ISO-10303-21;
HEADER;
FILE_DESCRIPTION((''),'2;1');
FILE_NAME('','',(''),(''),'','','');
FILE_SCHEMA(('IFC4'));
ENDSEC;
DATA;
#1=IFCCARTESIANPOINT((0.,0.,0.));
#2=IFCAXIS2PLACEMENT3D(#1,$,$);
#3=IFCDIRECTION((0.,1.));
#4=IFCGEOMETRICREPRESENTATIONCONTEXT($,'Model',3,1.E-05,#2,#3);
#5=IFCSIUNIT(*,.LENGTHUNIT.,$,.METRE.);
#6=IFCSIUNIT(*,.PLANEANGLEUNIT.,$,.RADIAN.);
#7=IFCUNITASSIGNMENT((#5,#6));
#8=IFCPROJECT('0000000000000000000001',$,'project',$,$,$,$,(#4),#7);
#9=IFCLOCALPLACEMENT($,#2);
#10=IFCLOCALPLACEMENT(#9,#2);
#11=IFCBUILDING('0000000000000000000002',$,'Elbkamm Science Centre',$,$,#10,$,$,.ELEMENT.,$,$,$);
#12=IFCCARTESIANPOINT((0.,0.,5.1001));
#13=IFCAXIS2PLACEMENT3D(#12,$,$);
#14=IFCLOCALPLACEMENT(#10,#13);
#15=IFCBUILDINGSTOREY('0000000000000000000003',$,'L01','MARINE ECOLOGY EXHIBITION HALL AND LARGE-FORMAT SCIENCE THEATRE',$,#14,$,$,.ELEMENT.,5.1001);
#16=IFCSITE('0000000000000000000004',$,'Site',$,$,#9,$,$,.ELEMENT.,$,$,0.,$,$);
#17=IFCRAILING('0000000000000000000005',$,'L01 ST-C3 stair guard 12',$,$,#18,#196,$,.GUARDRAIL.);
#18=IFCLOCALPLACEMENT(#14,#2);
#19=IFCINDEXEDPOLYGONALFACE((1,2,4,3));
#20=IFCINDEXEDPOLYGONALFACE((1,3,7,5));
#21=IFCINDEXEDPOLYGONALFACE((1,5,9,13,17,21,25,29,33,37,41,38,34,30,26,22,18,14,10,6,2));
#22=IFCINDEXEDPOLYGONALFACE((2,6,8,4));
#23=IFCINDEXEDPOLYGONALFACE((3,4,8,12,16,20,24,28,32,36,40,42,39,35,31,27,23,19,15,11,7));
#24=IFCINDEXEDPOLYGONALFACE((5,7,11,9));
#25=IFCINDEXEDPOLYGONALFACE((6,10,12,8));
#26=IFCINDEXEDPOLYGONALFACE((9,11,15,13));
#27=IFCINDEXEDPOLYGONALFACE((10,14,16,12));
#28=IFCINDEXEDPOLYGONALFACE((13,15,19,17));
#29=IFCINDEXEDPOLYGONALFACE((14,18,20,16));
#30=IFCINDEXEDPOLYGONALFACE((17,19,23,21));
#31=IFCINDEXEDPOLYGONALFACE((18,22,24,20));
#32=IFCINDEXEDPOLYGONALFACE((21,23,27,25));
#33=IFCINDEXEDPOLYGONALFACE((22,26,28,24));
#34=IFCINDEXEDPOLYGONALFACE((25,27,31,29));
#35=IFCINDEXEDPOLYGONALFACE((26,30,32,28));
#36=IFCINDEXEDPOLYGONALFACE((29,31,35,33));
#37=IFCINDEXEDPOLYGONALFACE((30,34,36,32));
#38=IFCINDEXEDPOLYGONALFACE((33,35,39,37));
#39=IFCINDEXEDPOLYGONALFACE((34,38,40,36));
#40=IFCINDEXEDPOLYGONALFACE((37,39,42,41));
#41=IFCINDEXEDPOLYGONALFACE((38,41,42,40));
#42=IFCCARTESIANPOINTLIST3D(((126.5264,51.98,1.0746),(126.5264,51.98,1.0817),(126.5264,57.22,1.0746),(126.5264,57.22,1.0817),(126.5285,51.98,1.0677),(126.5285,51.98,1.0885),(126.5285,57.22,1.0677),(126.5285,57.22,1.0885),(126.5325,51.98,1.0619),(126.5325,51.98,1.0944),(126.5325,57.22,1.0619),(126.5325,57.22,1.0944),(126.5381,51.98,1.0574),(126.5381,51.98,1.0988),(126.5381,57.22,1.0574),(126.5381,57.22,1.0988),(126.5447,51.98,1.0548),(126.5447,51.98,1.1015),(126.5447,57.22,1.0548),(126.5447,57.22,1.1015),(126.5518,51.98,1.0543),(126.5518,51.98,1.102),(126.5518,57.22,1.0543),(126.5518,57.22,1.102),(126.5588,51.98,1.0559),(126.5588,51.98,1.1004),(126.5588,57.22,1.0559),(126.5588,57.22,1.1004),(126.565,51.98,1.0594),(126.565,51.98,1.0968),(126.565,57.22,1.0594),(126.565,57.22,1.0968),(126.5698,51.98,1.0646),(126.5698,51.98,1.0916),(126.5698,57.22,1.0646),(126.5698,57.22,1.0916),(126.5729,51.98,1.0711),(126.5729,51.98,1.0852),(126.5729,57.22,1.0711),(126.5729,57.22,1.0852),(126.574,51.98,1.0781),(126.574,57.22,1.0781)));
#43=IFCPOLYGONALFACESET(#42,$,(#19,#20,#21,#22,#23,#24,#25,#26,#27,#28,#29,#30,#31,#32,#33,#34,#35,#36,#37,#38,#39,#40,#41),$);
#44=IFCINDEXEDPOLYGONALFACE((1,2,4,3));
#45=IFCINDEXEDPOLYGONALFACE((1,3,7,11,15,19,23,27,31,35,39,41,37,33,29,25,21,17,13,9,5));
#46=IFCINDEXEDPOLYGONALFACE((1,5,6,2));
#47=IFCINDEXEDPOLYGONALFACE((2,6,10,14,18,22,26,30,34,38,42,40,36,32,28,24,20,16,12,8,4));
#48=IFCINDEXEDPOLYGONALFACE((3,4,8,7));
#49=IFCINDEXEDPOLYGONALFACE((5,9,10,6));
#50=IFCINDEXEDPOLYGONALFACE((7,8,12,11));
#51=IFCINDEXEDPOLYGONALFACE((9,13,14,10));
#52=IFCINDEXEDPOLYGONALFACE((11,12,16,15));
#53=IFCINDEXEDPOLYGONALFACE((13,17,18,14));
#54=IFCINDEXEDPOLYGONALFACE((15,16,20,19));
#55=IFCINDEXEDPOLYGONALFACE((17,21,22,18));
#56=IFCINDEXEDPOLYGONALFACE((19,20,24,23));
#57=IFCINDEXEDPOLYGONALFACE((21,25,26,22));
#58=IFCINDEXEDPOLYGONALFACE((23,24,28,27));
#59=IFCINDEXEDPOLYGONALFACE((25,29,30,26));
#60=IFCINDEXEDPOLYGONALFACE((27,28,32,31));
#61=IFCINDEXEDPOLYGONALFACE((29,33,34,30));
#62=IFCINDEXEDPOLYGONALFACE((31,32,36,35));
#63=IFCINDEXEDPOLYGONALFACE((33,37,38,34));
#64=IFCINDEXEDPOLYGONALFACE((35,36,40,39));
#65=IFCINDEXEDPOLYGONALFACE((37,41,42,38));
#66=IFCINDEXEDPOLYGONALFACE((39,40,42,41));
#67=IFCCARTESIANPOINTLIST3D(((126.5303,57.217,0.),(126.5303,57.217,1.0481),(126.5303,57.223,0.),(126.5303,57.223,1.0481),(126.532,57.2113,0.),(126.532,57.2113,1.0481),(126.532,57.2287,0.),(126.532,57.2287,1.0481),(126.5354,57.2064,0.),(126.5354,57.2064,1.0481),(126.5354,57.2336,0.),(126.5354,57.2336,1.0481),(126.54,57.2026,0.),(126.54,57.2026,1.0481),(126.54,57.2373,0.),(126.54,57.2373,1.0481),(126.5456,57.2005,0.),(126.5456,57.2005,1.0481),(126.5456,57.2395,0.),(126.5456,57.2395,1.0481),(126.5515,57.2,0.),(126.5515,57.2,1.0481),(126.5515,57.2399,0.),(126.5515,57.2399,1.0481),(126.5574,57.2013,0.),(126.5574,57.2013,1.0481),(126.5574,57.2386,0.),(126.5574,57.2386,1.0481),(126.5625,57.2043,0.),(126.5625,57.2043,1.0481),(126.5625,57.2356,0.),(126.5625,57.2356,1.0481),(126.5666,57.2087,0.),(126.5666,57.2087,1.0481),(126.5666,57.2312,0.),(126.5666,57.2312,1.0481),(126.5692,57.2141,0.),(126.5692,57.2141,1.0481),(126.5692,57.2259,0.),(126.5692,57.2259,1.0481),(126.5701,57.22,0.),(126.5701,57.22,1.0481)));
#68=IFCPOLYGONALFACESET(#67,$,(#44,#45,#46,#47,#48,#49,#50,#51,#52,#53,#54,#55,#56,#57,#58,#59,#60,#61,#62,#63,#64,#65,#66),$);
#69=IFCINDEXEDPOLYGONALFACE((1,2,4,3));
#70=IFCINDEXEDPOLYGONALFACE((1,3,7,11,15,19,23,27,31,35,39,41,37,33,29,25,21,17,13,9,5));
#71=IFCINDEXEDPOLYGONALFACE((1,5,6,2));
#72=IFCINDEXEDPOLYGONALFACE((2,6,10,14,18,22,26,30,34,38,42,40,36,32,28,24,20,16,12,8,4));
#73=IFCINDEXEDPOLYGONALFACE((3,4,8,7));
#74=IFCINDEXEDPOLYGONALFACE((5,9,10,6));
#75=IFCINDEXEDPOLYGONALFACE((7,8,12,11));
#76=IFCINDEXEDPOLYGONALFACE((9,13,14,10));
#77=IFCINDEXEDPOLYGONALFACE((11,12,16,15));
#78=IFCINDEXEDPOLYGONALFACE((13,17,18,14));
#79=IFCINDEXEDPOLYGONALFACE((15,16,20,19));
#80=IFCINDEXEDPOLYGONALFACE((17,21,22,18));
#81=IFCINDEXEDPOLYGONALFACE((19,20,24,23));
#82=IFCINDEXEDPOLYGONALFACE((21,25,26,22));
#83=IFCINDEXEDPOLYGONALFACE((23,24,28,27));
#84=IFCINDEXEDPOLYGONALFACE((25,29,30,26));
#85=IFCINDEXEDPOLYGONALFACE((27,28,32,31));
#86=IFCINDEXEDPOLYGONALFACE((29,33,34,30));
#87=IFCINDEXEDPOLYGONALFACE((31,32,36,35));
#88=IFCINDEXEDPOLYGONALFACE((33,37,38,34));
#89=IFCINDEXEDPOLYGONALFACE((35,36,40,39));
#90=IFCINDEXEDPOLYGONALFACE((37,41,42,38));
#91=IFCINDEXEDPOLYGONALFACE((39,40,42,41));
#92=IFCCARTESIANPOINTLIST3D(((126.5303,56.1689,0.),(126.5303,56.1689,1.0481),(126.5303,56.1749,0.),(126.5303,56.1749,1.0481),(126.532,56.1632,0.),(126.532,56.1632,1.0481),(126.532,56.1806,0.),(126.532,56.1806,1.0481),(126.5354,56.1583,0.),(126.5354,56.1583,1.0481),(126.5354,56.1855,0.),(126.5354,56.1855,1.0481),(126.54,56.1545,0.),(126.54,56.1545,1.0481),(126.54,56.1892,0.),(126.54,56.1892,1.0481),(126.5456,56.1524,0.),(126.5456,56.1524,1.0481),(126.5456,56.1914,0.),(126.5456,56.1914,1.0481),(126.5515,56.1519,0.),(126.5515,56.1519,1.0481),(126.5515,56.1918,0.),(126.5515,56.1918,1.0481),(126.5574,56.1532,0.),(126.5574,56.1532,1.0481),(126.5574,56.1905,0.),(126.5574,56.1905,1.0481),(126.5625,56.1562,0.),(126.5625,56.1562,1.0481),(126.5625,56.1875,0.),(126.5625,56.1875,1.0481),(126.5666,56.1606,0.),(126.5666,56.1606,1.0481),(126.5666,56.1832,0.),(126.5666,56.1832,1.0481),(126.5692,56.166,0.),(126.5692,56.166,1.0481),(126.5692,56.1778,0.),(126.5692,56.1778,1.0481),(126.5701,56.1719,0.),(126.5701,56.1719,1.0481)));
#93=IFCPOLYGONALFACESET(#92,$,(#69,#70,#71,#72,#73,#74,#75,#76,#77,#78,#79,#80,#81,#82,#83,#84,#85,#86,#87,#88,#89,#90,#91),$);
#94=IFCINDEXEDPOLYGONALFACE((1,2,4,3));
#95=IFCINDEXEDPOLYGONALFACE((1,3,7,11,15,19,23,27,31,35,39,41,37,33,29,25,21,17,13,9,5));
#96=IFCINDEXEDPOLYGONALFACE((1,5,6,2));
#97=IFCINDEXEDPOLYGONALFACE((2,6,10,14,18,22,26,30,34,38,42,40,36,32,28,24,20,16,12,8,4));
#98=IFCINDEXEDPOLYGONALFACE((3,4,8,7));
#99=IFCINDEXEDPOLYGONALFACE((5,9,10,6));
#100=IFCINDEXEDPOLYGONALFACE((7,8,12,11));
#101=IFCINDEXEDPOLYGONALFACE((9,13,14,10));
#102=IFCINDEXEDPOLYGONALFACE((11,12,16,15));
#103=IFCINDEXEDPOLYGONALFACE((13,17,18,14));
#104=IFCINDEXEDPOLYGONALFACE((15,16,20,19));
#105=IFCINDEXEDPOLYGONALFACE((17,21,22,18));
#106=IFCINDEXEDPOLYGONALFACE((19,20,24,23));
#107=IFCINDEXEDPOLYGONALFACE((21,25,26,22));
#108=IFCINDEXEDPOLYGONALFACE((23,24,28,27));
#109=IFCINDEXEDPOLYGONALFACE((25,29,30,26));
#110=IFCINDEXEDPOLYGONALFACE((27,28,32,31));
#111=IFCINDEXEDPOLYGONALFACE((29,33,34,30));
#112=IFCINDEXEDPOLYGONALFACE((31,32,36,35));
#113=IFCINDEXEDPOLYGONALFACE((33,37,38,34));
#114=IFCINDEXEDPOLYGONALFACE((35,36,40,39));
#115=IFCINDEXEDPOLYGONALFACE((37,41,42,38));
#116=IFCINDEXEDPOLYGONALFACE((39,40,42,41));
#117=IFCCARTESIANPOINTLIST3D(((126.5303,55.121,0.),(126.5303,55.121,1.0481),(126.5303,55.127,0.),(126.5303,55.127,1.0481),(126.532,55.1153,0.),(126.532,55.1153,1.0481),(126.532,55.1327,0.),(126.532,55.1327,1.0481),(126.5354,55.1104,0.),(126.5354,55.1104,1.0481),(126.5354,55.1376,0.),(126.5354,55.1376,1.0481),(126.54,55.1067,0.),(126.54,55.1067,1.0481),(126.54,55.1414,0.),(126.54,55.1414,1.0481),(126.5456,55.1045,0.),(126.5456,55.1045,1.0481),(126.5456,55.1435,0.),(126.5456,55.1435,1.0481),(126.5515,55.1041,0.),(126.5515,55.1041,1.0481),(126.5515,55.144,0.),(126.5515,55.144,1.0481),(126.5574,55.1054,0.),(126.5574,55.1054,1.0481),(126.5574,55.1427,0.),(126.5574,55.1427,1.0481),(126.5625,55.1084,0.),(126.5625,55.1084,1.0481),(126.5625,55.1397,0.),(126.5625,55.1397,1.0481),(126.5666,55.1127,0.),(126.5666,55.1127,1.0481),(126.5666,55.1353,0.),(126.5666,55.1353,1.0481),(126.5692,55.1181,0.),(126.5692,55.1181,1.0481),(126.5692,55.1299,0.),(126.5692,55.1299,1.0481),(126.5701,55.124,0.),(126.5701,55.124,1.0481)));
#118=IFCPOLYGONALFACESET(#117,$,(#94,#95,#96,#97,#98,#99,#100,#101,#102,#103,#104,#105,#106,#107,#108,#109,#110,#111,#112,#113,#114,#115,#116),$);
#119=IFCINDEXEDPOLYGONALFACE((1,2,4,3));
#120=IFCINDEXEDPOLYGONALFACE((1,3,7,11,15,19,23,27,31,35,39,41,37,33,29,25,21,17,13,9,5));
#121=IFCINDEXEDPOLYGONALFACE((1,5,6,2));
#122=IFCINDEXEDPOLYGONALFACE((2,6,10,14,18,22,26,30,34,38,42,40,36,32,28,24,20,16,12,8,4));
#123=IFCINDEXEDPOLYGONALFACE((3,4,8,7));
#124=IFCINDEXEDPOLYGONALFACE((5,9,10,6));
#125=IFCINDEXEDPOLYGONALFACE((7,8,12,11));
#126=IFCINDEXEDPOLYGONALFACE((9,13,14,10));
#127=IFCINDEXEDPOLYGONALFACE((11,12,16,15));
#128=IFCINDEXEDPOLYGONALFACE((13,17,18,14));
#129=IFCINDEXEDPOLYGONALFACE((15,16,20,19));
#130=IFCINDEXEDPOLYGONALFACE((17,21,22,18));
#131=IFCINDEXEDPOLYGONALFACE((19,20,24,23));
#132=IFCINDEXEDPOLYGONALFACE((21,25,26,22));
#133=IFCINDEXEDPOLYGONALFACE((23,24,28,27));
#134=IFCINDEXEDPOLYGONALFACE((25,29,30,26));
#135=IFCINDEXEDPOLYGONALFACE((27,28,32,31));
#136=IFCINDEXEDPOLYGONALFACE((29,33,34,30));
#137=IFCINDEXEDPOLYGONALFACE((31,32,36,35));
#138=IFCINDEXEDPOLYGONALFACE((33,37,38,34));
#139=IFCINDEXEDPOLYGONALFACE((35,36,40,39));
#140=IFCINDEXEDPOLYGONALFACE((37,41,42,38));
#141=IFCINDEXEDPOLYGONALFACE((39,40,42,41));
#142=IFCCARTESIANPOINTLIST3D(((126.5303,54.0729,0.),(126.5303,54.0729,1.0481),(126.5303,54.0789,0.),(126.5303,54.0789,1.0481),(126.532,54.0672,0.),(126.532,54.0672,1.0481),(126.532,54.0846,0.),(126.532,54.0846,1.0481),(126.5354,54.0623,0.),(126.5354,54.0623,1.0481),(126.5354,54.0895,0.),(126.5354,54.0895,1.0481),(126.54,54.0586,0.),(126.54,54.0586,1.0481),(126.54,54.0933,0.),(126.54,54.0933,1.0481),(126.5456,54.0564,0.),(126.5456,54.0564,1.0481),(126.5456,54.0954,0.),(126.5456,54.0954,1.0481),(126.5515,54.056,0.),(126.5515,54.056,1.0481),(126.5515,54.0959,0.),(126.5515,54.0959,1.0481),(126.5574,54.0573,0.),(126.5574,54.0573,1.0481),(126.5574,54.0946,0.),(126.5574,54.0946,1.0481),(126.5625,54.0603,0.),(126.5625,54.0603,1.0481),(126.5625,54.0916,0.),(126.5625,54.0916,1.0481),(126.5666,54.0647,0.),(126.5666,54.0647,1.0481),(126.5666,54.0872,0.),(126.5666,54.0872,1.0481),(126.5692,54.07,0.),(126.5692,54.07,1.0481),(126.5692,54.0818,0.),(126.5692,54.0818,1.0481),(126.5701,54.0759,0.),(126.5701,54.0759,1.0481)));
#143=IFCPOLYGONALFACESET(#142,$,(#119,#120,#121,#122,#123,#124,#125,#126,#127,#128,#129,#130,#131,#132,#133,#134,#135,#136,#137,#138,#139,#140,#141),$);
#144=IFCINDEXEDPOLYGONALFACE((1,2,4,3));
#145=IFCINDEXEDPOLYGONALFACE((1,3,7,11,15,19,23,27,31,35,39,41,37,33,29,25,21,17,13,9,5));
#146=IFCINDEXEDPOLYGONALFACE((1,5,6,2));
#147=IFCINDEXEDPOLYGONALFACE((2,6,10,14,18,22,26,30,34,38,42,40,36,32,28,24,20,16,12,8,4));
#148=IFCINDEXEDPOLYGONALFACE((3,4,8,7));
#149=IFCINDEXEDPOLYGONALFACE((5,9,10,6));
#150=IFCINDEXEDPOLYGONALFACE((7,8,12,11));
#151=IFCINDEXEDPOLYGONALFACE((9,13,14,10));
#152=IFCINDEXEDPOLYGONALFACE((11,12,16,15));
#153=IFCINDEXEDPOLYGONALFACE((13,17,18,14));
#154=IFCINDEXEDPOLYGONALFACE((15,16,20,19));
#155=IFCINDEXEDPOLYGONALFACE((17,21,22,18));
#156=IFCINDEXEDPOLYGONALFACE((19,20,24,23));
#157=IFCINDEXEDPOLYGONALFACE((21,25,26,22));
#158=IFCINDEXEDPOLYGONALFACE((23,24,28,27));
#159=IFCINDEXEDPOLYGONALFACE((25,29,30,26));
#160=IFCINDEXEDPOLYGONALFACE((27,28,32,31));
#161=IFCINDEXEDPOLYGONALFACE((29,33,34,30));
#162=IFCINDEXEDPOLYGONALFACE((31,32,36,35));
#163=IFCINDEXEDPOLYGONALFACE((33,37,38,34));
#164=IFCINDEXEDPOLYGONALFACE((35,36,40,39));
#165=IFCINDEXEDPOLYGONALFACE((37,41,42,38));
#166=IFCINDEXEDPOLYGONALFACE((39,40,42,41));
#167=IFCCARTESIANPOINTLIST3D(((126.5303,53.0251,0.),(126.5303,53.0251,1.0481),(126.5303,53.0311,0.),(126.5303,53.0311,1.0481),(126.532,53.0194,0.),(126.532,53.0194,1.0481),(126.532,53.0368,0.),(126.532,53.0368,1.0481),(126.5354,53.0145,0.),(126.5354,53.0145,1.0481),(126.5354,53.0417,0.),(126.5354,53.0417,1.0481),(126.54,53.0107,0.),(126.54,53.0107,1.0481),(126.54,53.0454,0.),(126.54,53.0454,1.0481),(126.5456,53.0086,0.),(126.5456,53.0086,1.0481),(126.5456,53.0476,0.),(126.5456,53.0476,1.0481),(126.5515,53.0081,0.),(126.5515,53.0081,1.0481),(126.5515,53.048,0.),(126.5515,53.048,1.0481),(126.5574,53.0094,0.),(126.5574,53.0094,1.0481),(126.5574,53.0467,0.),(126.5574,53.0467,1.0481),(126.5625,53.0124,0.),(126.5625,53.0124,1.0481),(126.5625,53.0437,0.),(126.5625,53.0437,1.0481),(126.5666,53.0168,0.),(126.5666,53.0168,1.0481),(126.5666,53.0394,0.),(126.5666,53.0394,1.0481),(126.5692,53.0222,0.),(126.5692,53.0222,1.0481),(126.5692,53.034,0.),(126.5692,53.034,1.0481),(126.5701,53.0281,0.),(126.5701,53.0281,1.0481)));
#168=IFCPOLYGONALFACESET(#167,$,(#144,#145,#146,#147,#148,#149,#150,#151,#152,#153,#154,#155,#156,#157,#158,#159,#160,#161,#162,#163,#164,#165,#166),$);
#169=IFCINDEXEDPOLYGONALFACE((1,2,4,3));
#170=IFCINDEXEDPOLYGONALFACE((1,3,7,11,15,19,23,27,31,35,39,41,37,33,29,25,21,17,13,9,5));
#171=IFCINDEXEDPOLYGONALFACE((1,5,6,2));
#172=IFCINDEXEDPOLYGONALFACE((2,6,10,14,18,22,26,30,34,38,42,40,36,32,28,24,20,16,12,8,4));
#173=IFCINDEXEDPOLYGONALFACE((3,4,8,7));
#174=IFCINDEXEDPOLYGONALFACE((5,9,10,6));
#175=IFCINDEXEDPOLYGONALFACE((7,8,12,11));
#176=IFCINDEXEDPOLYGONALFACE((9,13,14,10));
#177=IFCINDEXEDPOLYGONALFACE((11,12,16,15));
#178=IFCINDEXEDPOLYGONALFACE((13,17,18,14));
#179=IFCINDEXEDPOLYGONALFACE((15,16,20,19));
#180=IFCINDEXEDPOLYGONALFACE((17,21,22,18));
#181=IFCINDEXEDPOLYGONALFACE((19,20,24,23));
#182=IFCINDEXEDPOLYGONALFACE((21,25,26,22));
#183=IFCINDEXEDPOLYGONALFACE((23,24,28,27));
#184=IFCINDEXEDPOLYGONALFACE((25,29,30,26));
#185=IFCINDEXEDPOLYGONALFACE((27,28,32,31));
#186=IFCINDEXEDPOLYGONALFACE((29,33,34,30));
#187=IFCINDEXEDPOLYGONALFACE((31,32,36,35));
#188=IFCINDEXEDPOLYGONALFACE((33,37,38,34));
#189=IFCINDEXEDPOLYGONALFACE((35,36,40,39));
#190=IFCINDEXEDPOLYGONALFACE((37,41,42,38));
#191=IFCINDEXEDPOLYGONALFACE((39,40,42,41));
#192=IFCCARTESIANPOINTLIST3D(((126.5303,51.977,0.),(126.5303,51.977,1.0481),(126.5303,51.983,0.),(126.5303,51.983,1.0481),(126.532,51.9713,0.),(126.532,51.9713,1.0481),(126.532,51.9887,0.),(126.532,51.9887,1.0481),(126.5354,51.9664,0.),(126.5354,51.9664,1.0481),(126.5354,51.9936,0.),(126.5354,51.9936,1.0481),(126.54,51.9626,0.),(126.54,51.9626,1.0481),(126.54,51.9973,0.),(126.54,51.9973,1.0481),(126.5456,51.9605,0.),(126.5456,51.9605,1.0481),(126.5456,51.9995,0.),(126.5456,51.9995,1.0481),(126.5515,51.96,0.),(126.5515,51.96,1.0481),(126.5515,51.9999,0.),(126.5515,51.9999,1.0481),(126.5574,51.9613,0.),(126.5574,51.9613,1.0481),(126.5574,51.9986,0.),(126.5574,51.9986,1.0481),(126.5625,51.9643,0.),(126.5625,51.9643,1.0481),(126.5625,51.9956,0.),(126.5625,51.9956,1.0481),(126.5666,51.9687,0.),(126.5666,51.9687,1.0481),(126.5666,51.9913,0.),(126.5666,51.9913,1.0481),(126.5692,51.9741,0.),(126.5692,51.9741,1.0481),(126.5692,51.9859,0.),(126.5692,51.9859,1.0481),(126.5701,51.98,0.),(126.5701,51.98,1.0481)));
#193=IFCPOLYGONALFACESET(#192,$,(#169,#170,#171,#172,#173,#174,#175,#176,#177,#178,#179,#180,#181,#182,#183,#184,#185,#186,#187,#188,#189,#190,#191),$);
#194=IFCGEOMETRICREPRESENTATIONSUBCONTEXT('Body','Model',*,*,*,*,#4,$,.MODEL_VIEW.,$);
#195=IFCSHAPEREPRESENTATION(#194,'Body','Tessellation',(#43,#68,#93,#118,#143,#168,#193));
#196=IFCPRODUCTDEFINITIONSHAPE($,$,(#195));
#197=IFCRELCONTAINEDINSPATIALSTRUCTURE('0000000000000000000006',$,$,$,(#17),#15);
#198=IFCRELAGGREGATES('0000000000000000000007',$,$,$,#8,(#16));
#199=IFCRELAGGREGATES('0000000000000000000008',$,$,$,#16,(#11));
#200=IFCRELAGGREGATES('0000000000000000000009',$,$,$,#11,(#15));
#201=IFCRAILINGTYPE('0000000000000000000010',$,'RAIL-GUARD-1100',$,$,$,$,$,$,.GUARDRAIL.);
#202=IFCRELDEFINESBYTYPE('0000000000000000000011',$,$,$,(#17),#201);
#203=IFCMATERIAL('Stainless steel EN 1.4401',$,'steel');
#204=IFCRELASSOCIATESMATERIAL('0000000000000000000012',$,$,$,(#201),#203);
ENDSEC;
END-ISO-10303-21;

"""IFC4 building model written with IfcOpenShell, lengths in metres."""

from ifc_helpers import new_model, si_unit, direction, frame, origin, origin_2d, place, context, subcontext, project, spatial, circle, extrude, material, type_object, element, save


model = new_model("IFC4")

# Units and contexts
model_context = context("Model", 3, precision=1e-05, world=origin(), true_north=direction((0.0, 1.0)))
body_context = subcontext(model_context, "Body", "Model", "MODEL_VIEW")
ifc_project = project(units=[si_unit("LENGTHUNIT", "METRE"), si_unit("PLANEANGLEUNIT", "RADIAN")], contexts=[model_context])

# Site, building, storey
site_placement = place(None, origin())
site = spatial("IfcSite", under=ifc_project, at=site_placement, Name="Site", CompositionType="ELEMENT", RefElevation=0.0)
building_placement = place(site_placement, origin())
building = spatial("IfcBuilding", under=site, at=building_placement, Name="Elbkamm Science Centre", CompositionType="ELEMENT")
storey_placement = place(building_placement, frame((0.0, 0.0, 5.1001)))
storey = spatial("IfcBuildingStorey", under=building, at=storey_placement, Name="L01", Description="MARINE ECOLOGY EXHIBITION HALL AND LARGE-FORMAT SCIENCE THEATRE", CompositionType="ELEMENT", Elevation=5.1001)

# Railing
ifc_material_1 = material(Name="Stainless steel EN 1.4401", Category="steel")
railing_type_1 = type_object("IfcRailingType", Name="RAIL-GUARD-1100", PredefinedType="GUARDRAIL", material=ifc_material_1)
railing_1_placement = place(storey_placement, frame((126.55, 57.22, 0.0)))
element("IfcRailing", 1, at=railing_1_placement, inside=storey, type_object=railing_type_1, Name="L01 ST-C3 stair guard 12", PredefinedType="GUARDRAIL", context=body_context, shape_type="SweptSolid", body=[
    extrude(circle(Radius=0.0239, at=origin_2d()), frame((0.0, 0.0, 1.0781), z_axis=(0.0, -1.0, 0.0), x_axis=(1.0, 0.0, 0.0)), (0.0, 0.0, 1.0), 5.24),
    extrude(circle(Radius=0.02, at=origin_2d()), origin(), (0.0, 0.0, 1.0), 1.0481),
    extrude(circle(Radius=0.02, at=origin_2d()), frame((0.0, -1.0481, 0.0)), (0.0, 0.0, 1.0), 1.0481),
    extrude(circle(Radius=0.02, at=origin_2d()), frame((0.0, -2.0959, 0.0)), (0.0, 0.0, 1.0), 1.0481),
    extrude(circle(Radius=0.02, at=origin_2d()), frame((0.0, -3.144, 0.0)), (0.0, 0.0, 1.0), 1.0481),
    extrude(circle(Radius=0.02, at=origin_2d()), frame((0.0, -4.1919, 0.0)), (0.0, 0.0, 1.0), 1.0481),
    extrude(circle(Radius=0.02, at=origin_2d()), frame((0.0, -5.24, 0.0)), (0.0, 0.0, 1.0), 1.0481),
])

save(model, "model.ifc")
